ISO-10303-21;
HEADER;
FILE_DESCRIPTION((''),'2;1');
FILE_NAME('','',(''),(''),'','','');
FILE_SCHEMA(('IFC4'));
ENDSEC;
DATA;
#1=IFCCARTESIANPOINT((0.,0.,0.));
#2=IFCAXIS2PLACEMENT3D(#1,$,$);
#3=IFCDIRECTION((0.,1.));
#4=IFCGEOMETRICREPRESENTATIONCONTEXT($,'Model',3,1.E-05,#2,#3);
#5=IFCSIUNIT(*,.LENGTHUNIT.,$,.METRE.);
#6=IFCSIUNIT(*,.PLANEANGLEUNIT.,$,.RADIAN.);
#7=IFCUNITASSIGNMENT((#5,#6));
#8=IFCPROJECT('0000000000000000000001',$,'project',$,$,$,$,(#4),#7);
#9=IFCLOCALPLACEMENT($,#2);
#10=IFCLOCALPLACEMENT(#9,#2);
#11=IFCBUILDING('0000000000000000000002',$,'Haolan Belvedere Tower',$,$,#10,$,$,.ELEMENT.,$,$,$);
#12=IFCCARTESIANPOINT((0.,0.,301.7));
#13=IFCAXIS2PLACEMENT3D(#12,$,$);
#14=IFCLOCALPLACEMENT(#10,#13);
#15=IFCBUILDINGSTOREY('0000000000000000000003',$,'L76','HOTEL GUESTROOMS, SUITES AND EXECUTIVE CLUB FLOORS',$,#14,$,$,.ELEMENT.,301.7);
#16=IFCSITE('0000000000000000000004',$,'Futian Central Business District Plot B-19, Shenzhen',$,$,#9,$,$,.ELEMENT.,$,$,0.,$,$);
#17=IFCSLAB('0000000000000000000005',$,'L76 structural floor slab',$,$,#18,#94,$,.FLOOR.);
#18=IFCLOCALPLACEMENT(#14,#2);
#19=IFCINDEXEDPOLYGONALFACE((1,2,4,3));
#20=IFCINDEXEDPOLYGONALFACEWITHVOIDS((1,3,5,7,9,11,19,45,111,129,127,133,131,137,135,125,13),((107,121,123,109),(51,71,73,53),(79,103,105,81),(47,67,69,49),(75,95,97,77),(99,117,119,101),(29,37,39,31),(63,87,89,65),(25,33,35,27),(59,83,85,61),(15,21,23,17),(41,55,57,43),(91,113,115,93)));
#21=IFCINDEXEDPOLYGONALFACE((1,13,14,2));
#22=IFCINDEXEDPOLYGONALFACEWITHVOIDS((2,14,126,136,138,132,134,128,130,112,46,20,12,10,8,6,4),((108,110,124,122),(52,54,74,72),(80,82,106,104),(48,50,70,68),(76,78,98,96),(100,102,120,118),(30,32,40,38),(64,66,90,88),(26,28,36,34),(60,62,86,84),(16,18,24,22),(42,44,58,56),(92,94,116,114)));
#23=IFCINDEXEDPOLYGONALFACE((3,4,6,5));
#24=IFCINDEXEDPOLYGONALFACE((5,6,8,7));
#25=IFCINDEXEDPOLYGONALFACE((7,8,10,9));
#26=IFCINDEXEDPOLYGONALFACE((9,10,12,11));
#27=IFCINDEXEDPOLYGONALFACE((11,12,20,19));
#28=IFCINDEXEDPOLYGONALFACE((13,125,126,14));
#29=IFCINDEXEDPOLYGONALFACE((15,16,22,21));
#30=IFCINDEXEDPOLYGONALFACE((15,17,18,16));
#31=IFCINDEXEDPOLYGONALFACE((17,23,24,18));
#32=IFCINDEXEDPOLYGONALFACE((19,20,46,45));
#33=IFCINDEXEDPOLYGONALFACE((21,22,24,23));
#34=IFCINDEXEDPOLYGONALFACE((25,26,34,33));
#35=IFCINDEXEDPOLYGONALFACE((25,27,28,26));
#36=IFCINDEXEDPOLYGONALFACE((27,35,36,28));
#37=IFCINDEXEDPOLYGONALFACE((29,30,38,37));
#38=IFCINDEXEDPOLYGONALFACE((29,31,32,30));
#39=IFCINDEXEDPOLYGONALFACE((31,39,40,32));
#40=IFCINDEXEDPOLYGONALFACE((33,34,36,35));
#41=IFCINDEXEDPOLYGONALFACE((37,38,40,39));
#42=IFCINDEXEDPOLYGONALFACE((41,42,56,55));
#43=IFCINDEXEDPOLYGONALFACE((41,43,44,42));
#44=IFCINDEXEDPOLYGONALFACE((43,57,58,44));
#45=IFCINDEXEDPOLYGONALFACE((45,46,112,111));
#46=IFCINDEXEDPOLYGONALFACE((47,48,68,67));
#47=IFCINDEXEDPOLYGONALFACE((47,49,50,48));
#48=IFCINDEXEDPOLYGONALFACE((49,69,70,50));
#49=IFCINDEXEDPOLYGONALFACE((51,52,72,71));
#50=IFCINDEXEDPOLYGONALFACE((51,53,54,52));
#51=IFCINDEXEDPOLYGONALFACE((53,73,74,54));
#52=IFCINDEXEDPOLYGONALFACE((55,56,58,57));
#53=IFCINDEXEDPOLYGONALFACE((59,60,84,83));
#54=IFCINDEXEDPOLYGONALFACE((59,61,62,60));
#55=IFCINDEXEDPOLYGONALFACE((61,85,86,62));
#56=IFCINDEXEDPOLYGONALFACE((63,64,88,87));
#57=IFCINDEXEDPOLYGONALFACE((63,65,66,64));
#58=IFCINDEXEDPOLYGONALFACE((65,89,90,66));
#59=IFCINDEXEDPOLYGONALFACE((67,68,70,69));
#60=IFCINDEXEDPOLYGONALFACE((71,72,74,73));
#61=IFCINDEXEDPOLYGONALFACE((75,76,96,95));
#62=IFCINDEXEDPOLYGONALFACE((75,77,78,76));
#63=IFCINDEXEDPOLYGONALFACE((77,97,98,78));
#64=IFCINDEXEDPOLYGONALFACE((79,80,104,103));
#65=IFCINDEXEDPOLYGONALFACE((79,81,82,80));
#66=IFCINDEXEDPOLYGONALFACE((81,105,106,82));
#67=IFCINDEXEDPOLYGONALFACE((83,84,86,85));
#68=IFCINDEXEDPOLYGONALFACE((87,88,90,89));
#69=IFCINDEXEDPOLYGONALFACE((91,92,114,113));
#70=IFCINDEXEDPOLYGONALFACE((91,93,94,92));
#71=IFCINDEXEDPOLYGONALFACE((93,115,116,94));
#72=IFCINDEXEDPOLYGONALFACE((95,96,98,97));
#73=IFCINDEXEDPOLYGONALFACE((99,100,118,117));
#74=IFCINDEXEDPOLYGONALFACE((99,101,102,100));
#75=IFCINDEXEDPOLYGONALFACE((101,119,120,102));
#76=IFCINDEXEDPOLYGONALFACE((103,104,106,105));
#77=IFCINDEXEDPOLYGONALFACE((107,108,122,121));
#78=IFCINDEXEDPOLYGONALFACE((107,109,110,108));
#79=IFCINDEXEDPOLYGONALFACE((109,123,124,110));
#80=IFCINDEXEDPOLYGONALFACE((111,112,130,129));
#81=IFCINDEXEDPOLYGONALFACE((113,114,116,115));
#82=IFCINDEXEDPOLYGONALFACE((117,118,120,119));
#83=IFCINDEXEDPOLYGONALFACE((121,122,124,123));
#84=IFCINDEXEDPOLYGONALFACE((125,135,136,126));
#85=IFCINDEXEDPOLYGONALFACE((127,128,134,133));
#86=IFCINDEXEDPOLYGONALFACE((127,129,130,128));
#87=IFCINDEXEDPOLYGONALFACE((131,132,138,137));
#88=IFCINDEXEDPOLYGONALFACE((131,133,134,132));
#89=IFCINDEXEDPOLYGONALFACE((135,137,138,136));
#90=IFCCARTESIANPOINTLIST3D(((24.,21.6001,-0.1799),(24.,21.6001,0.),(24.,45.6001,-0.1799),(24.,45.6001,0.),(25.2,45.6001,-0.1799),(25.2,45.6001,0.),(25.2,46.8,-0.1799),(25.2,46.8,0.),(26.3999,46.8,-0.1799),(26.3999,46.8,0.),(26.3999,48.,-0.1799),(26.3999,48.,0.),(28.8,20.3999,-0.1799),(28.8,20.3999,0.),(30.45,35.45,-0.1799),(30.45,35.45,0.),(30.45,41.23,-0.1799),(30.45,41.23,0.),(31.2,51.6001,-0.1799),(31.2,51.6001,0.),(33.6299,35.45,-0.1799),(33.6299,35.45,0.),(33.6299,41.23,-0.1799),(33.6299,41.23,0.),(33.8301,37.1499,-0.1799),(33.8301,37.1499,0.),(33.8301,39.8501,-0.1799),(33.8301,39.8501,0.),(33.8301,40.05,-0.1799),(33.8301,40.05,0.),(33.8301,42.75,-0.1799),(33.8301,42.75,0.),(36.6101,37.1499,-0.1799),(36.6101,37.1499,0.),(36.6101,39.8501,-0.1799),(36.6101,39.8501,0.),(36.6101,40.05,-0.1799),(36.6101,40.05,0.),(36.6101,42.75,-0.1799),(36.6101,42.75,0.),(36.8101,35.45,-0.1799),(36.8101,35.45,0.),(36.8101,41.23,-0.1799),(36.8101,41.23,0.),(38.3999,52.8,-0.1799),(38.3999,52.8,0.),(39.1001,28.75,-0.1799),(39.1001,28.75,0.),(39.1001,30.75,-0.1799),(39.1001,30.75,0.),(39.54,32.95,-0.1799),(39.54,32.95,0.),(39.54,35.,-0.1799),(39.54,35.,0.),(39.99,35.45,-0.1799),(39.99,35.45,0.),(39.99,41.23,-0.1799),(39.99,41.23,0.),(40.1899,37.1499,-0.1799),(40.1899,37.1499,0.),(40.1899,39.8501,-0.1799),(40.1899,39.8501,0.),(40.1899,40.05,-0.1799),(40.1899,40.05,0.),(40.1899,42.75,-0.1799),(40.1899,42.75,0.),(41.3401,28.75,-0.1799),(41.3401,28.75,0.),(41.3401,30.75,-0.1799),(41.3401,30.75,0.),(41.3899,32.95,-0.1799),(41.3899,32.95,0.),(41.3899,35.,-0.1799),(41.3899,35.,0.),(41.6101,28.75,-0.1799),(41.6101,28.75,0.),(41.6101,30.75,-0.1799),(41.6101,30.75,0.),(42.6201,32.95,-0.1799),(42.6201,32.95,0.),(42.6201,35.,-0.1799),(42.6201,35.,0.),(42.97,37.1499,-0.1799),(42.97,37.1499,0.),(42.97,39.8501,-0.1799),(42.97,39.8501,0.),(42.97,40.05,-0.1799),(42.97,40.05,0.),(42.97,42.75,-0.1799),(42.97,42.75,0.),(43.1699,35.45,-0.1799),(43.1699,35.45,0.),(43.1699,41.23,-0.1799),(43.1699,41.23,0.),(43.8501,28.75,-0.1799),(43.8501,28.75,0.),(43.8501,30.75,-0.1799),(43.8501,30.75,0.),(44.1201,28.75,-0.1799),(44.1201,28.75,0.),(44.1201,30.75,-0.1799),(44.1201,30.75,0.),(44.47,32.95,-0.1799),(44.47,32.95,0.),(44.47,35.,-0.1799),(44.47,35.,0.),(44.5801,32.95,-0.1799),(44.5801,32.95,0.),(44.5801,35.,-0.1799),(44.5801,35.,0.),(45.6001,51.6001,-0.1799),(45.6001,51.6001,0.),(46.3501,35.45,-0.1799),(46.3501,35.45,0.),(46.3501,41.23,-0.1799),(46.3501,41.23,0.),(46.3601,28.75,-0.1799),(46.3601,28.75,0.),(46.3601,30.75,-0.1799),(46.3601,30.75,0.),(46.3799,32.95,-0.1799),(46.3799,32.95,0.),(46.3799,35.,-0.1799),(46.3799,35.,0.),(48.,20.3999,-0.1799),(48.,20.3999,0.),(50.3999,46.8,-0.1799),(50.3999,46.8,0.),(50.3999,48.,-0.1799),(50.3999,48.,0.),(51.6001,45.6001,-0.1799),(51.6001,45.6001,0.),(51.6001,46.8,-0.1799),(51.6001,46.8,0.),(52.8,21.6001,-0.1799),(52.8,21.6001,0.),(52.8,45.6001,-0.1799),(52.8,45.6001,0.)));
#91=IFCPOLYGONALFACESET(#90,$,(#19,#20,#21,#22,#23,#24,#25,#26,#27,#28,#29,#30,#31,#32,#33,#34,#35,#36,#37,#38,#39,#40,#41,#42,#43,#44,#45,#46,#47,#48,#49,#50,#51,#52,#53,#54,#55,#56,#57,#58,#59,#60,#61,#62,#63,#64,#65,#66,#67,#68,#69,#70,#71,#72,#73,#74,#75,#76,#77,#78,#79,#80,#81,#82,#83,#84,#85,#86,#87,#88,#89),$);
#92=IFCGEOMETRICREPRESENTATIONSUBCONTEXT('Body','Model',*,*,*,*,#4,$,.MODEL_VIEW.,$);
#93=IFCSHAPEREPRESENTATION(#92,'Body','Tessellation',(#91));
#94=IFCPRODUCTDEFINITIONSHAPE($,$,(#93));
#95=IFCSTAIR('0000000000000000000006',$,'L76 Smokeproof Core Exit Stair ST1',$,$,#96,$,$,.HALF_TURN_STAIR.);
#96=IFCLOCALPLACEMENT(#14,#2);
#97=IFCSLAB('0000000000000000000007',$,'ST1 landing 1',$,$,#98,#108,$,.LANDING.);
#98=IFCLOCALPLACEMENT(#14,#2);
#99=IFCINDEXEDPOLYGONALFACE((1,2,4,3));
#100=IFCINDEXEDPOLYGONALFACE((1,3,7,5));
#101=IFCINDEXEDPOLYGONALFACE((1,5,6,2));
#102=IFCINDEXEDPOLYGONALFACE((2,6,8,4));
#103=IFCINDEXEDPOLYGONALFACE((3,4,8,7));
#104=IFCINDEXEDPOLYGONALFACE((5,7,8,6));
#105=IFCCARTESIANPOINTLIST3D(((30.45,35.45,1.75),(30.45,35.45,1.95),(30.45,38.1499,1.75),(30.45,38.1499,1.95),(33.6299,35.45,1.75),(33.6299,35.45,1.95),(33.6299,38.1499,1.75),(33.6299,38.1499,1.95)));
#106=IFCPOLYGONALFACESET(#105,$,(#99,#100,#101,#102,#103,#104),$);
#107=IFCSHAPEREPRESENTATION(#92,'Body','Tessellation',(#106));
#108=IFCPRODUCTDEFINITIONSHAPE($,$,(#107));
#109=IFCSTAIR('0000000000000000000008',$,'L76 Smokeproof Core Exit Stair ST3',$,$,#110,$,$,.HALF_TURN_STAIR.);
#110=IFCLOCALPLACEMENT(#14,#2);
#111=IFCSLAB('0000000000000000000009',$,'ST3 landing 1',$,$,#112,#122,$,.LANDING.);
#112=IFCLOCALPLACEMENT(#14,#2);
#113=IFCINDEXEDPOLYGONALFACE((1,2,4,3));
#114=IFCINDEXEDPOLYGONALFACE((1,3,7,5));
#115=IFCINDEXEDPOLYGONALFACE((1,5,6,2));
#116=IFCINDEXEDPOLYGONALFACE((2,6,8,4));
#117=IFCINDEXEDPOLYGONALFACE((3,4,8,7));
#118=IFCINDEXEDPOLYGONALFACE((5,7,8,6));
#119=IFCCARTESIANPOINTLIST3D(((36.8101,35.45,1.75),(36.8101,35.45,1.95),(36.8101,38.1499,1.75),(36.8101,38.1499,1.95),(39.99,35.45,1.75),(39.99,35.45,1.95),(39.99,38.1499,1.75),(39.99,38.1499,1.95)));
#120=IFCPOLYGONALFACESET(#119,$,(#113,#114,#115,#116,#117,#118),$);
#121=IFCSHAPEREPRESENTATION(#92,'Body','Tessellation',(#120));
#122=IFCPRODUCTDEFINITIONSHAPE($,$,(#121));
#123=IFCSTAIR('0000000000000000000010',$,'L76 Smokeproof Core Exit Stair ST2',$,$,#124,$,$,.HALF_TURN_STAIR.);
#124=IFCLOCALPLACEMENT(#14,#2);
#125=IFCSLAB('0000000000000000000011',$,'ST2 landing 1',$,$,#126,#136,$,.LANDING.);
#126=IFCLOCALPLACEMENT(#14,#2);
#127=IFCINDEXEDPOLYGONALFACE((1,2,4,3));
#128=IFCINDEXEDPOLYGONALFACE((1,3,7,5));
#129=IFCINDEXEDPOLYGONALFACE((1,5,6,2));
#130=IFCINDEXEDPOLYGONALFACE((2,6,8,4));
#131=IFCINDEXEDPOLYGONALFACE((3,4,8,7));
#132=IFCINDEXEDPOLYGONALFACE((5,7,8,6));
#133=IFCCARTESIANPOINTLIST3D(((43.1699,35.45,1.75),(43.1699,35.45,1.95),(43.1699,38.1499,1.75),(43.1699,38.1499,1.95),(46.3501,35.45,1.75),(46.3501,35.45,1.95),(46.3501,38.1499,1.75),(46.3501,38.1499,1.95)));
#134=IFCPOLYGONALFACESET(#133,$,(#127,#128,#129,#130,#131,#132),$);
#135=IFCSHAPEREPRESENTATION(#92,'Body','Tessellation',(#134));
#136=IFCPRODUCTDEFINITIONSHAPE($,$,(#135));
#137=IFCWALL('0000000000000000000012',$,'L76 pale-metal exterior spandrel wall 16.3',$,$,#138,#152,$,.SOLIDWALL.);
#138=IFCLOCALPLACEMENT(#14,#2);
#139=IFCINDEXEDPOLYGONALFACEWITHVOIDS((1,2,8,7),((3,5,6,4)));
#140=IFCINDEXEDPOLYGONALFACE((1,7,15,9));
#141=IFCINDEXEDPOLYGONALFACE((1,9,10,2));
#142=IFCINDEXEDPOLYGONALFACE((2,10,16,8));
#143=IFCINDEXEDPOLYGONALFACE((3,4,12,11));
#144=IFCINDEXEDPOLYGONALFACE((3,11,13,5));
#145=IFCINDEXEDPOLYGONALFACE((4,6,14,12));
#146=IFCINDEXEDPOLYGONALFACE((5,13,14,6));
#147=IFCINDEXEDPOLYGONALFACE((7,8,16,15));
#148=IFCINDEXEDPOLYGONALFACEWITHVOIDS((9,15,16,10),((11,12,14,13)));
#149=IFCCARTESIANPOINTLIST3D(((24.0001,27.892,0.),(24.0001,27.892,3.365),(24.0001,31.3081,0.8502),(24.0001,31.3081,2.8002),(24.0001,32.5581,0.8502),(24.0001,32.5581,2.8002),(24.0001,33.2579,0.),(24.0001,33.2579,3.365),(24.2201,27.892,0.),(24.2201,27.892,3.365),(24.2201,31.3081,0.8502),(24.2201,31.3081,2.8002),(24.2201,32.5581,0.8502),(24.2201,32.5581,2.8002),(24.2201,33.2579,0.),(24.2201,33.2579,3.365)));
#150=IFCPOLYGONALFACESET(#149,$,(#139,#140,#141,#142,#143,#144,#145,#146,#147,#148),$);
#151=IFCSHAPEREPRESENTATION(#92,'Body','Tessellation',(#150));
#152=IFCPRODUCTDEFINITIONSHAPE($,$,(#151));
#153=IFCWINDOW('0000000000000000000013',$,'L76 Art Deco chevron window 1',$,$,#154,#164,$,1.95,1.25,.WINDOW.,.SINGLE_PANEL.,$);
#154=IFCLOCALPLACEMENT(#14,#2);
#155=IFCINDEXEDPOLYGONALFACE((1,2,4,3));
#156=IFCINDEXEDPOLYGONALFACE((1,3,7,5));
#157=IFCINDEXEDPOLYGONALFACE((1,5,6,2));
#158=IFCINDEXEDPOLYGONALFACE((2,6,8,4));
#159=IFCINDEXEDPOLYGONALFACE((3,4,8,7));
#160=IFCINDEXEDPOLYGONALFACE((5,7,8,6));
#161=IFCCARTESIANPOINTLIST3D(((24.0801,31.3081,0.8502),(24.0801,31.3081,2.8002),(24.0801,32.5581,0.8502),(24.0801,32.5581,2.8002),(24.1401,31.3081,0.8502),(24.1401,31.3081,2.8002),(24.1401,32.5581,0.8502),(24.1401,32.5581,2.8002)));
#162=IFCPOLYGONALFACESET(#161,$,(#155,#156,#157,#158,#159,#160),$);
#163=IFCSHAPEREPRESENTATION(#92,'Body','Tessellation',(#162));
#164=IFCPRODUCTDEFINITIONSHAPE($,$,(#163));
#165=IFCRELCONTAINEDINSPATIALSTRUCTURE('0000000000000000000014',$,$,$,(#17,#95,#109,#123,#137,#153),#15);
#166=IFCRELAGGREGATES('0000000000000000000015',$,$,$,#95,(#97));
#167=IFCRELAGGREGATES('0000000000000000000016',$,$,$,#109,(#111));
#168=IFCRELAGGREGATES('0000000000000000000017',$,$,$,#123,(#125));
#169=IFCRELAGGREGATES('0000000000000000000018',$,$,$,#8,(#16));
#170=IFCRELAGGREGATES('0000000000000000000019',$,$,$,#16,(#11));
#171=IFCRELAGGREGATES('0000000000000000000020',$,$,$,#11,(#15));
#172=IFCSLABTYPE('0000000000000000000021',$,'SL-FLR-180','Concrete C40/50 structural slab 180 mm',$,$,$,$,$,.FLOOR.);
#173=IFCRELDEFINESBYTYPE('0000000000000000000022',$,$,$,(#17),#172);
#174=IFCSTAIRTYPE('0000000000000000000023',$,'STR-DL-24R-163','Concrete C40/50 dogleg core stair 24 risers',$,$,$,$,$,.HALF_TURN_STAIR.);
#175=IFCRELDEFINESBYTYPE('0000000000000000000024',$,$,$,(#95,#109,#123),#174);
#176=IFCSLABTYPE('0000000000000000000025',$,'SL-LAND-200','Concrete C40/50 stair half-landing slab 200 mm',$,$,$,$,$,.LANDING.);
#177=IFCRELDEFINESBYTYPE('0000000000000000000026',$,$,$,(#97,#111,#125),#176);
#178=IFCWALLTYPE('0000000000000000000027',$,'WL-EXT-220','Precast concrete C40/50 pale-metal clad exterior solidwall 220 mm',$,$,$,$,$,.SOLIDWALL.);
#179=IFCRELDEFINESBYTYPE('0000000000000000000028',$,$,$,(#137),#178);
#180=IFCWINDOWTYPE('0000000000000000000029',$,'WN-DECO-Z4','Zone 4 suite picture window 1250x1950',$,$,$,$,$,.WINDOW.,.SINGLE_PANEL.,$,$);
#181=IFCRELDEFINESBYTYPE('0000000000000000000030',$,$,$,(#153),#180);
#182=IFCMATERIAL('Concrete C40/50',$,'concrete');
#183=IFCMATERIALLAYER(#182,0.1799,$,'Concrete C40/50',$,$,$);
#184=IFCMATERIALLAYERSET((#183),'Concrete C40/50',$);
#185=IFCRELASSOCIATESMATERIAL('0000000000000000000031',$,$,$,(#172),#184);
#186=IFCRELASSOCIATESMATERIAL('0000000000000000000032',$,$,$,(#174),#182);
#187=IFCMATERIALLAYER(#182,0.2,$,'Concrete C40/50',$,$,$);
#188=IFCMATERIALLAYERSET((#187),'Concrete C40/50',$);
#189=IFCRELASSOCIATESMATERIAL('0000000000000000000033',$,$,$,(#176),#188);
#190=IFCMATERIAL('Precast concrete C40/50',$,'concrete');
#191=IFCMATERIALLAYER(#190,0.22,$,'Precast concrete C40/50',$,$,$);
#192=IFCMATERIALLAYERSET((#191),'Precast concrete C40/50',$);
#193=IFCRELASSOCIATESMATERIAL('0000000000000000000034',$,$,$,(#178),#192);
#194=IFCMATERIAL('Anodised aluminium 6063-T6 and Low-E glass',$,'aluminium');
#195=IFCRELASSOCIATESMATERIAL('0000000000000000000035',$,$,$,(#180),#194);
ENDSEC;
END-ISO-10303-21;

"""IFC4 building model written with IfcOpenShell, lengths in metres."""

from ifc_helpers import new_model, si_unit, direction, frame, frame_2d, origin, place, context, subcontext, project, spatial, polyline, rectangle, outline, extrude, material, layer, layer_set, type_object, element, fill, aggregate, save


model = new_model("IFC4")

# Units and contexts
model_context = context("Model", 3, precision=1e-05, world=origin(), true_north=direction((0.0, 1.0)))
body_context = subcontext(model_context, "Body", "Model", "MODEL_VIEW")
ifc_project = project(units=[si_unit("LENGTHUNIT", "METRE"), si_unit("PLANEANGLEUNIT", "RADIAN")], contexts=[model_context])

# Site, building, storey
site_placement = place(None, origin())
site = spatial("IfcSite", under=ifc_project, at=site_placement, Name="Futian Central Business District Plot B-19, Shenzhen", CompositionType="ELEMENT", RefElevation=0.0)
building_placement = place(site_placement, origin())
building = spatial("IfcBuilding", under=site, at=building_placement, Name="Haolan Belvedere Tower", CompositionType="ELEMENT")
storey_placement = place(building_placement, frame((0.0, 0.0, 301.7)))
storey = spatial("IfcBuildingStorey", under=building, at=storey_placement, Name="L76", Description="HOTEL GUESTROOMS, SUITES AND EXECUTIVE CLUB FLOORS", CompositionType="ELEMENT", Elevation=301.7)

# Slab
ifc_material_1 = material(Name="Concrete C40/50", Category="concrete")
ifc_layer_1 = layer(ifc_material_1, 0.1799, Name="Concrete C40/50")
ifc_layer_set_1 = layer_set([ifc_layer_1], Name="Concrete C40/50")
slab_type_1 = type_object("IfcSlabType", Name="SL-FLR-180", Description="Concrete C40/50 structural slab 180 mm", PredefinedType="FLOOR", material=ifc_layer_set_1)
slab_1_placement = place(storey_placement, frame((0.0, 0.0, -0.1799)))
element("IfcSlab", 1, at=slab_1_placement, inside=storey, type_object=slab_type_1, Name="L76 structural floor slab", PredefinedType="FLOOR", context=body_context, shape_type="SweptSolid", body=[
    extrude(outline(polyline([(24.0, 21.6001), (28.8, 20.3999), (48.0, 20.3999), (52.8, 21.6001), (52.8, 45.6001), (52.8, 45.6001), (51.6001, 45.6001), (51.6001, 46.8), (50.3999, 46.8), (50.3999, 48.0), (45.6001, 51.6001), (38.3999, 52.8), (31.2, 51.6001), (26.3999, 48.0), (26.3999, 46.8), (25.2, 46.8), (25.2, 45.6001), (24.0, 45.6001), (24.0, 45.6001), (24.0, 21.6001)]), holes=[polyline([(30.45, 41.23), (30.45, 35.45), (33.6299, 35.45), (33.6299, 41.23), (30.45, 41.23)]), polyline([(36.8101, 41.23), (36.8101, 35.45), (39.99, 35.45), (39.99, 41.23), (36.8101, 41.23)]), polyline([(43.1699, 41.23), (43.1699, 35.45), (46.3501, 35.45), (46.3501, 41.23), (43.1699, 41.23)]), polyline([(33.8301, 40.05), (36.6101, 40.05), (36.6101, 42.75), (33.8301, 42.75), (33.8301, 40.05)]), polyline([(33.8301, 37.1499), (36.6101, 37.1499), (36.6101, 39.8501), (33.8301, 39.8501), (33.8301, 37.1499)]), polyline([(40.1899, 40.05), (42.97, 40.05), (42.97, 42.75), (40.1899, 42.75), (40.1899, 40.05)]), polyline([(40.1899, 37.1499), (42.97, 37.1499), (42.97, 39.8501), (40.1899, 39.8501), (40.1899, 37.1499)]), polyline([(39.54, 32.95), (41.3899, 32.95), (41.3899, 35.0), (39.54, 35.0), (39.54, 32.95)]), polyline([(42.6201, 32.95), (44.47, 32.95), (44.47, 35.0), (42.6201, 35.0), (42.6201, 32.95)]), polyline([(44.5801, 32.95), (46.3799, 32.95), (46.3799, 35.0), (44.5801, 35.0), (44.5801, 32.95)]), polyline([(39.1001, 28.75), (41.3401, 28.75), (41.3401, 30.75), (39.1001, 30.75), (39.1001, 28.75)]), polyline([(41.6101, 28.75), (43.8501, 28.75), (43.8501, 30.75), (41.6101, 30.75), (41.6101, 28.75)]), polyline([(44.1201, 28.75), (46.3601, 28.75), (46.3601, 30.75), (44.1201, 30.75), (44.1201, 28.75)])]), origin(), (0.0, 0.0, 1.0), 0.1799),
])

# Stairs, slabs
stair_type = type_object("IfcStairType", Name="STR-DL-24R-163", Description="Concrete C40/50 dogleg core stair 24 risers", PredefinedType="HALF_TURN_STAIR", material=ifc_material_1)
stair_1_placement = place(storey_placement, origin())
stair_1 = element("IfcStair", 2, at=stair_1_placement, inside=storey, type_object=stair_type, Name="L76 Smokeproof Core Exit Stair ST1", PredefinedType="HALF_TURN_STAIR")
ifc_layer_2 = layer(ifc_material_1, 0.2, Name="Concrete C40/50")
ifc_layer_set_2 = layer_set([ifc_layer_2], Name="Concrete C40/50")
slab_type_2 = type_object("IfcSlabType", Name="SL-LAND-200", Description="Concrete C40/50 stair half-landing slab 200 mm", PredefinedType="LANDING", material=ifc_layer_set_2)
slab_2_placement = place(storey_placement, frame((0.0, 0.0, 1.75)))
slab_2 = element("IfcSlab", 3, at=slab_2_placement, type_object=slab_type_2, Name="ST1 landing 1", PredefinedType="LANDING", context=body_context, shape_type="SweptSolid", body=[
    extrude(outline(polyline([(30.45, 38.1499), (30.45, 35.45), (33.6299, 35.45), (33.6299, 38.1499), (30.45, 38.1499)])), origin(), (0.0, 0.0, 1.0), 0.2),
])
aggregate(stair_1, [slab_2])
stair_2_placement = place(storey_placement, origin())
stair_2 = element("IfcStair", 4, at=stair_2_placement, inside=storey, type_object=stair_type, Name="L76 Smokeproof Core Exit Stair ST3", PredefinedType="HALF_TURN_STAIR")
slab_3_placement = place(storey_placement, frame((0.0, 0.0, 1.75)))
slab_3 = element("IfcSlab", 5, at=slab_3_placement, type_object=slab_type_2, Name="ST3 landing 1", PredefinedType="LANDING", context=body_context, shape_type="SweptSolid", body=[
    extrude(outline(polyline([(36.8101, 38.1499), (36.8101, 35.45), (39.99, 35.45), (39.99, 38.1499), (36.8101, 38.1499)])), origin(), (0.0, 0.0, 1.0), 0.2),
])
aggregate(stair_2, [slab_3])
stair_3_placement = place(storey_placement, origin())
stair_3 = element("IfcStair", 6, at=stair_3_placement, inside=storey, type_object=stair_type, Name="L76 Smokeproof Core Exit Stair ST2", PredefinedType="HALF_TURN_STAIR")
slab_4_placement = place(storey_placement, frame((0.0, 0.0, 1.75)))
slab_4 = element("IfcSlab", 7, at=slab_4_placement, type_object=slab_type_2, Name="ST2 landing 1", PredefinedType="LANDING", context=body_context, shape_type="SweptSolid", body=[
    extrude(outline(polyline([(43.1699, 38.1499), (43.1699, 35.45), (46.3501, 35.45), (46.3501, 38.1499), (43.1699, 38.1499)])), origin(), (0.0, 0.0, 1.0), 0.2),
])
aggregate(stair_3, [slab_4])

# Wall, opening, window
ifc_material_2 = material(Name="Precast concrete C40/50", Category="concrete")
ifc_layer_3 = layer(ifc_material_2, 0.22, Name="Precast concrete C40/50")
ifc_layer_set_3 = layer_set([ifc_layer_3], Name="Precast concrete C40/50")
wall_type_1 = type_object("IfcWallType", Name="WL-EXT-220", Description="Precast concrete C40/50 pale-metal clad exterior solidwall 220 mm", PredefinedType="SOLIDWALL", material=ifc_layer_set_3)
wall_1_placement = place(storey_placement, frame((24.1101, 33.2581, 0.0), z_axis=(0.0, 0.0, 1.0), x_axis=(0.0, -1.0, 0.0)))
wall_1 = element("IfcWall", 8, at=wall_1_placement, inside=storey, type_object=wall_type_1, Name="L76 pale-metal exterior spandrel wall 16.3", PredefinedType="SOLIDWALL", context=body_context, shape_type="SweptSolid", body=[
    extrude(rectangle(XDim=5.366, YDim=0.22, at=frame_2d((2.6831, 0.0))), origin(), (0.0, 0.0, 1.0), 3.365),
])
opening_1_placement = place(wall_1_placement, frame((0.7, 0.0, 0.8501)))
opening_1 = element("IfcOpeningElement", 9, at=opening_1_placement, cuts=wall_1, PredefinedType="OPENING", context=body_context, shape_type="SweptSolid", body=[
    extrude(rectangle(XDim=1.25, YDim=1.95, at=frame_2d((0.625, 0.9751))), frame((0.0, 0.1199, 0.0), z_axis=(0.0, -1.0, 0.0), x_axis=(1.0, 0.0, 0.0)), (0.0, 0.0, 1.0), 0.24),
])
ifc_material_3 = material(Name="Anodised aluminium 6063-T6 and Low-E glass", Category="aluminium")
window_type = type_object("IfcWindowType", Name="WN-DECO-Z4", Description="Zone 4 suite picture window 1250x1950", PartitioningType="SINGLE_PANEL", PredefinedType="WINDOW", material=ifc_material_3)
window_1_placement = place(opening_1_placement, origin())
window_1 = element("IfcWindow", 10, at=window_1_placement, inside=storey, type_object=window_type, Name="L76 Art Deco chevron window 1", OverallHeight=1.95, OverallWidth=1.25, PartitioningType="SINGLE_PANEL", PredefinedType="WINDOW", context=body_context, shape_type="SweptSolid", body=[
    extrude(rectangle(XDim=1.25, YDim=1.95, at=frame_2d((0.625, 0.9751))), frame((0.0, 0.03, 0.0), z_axis=(0.0, -1.0, 0.0), x_axis=(1.0, 0.0, 0.0)), (0.0, 0.0, 1.0), 0.0601),
])
fill(opening_1, window_1)

save(model, "model.ifc")
